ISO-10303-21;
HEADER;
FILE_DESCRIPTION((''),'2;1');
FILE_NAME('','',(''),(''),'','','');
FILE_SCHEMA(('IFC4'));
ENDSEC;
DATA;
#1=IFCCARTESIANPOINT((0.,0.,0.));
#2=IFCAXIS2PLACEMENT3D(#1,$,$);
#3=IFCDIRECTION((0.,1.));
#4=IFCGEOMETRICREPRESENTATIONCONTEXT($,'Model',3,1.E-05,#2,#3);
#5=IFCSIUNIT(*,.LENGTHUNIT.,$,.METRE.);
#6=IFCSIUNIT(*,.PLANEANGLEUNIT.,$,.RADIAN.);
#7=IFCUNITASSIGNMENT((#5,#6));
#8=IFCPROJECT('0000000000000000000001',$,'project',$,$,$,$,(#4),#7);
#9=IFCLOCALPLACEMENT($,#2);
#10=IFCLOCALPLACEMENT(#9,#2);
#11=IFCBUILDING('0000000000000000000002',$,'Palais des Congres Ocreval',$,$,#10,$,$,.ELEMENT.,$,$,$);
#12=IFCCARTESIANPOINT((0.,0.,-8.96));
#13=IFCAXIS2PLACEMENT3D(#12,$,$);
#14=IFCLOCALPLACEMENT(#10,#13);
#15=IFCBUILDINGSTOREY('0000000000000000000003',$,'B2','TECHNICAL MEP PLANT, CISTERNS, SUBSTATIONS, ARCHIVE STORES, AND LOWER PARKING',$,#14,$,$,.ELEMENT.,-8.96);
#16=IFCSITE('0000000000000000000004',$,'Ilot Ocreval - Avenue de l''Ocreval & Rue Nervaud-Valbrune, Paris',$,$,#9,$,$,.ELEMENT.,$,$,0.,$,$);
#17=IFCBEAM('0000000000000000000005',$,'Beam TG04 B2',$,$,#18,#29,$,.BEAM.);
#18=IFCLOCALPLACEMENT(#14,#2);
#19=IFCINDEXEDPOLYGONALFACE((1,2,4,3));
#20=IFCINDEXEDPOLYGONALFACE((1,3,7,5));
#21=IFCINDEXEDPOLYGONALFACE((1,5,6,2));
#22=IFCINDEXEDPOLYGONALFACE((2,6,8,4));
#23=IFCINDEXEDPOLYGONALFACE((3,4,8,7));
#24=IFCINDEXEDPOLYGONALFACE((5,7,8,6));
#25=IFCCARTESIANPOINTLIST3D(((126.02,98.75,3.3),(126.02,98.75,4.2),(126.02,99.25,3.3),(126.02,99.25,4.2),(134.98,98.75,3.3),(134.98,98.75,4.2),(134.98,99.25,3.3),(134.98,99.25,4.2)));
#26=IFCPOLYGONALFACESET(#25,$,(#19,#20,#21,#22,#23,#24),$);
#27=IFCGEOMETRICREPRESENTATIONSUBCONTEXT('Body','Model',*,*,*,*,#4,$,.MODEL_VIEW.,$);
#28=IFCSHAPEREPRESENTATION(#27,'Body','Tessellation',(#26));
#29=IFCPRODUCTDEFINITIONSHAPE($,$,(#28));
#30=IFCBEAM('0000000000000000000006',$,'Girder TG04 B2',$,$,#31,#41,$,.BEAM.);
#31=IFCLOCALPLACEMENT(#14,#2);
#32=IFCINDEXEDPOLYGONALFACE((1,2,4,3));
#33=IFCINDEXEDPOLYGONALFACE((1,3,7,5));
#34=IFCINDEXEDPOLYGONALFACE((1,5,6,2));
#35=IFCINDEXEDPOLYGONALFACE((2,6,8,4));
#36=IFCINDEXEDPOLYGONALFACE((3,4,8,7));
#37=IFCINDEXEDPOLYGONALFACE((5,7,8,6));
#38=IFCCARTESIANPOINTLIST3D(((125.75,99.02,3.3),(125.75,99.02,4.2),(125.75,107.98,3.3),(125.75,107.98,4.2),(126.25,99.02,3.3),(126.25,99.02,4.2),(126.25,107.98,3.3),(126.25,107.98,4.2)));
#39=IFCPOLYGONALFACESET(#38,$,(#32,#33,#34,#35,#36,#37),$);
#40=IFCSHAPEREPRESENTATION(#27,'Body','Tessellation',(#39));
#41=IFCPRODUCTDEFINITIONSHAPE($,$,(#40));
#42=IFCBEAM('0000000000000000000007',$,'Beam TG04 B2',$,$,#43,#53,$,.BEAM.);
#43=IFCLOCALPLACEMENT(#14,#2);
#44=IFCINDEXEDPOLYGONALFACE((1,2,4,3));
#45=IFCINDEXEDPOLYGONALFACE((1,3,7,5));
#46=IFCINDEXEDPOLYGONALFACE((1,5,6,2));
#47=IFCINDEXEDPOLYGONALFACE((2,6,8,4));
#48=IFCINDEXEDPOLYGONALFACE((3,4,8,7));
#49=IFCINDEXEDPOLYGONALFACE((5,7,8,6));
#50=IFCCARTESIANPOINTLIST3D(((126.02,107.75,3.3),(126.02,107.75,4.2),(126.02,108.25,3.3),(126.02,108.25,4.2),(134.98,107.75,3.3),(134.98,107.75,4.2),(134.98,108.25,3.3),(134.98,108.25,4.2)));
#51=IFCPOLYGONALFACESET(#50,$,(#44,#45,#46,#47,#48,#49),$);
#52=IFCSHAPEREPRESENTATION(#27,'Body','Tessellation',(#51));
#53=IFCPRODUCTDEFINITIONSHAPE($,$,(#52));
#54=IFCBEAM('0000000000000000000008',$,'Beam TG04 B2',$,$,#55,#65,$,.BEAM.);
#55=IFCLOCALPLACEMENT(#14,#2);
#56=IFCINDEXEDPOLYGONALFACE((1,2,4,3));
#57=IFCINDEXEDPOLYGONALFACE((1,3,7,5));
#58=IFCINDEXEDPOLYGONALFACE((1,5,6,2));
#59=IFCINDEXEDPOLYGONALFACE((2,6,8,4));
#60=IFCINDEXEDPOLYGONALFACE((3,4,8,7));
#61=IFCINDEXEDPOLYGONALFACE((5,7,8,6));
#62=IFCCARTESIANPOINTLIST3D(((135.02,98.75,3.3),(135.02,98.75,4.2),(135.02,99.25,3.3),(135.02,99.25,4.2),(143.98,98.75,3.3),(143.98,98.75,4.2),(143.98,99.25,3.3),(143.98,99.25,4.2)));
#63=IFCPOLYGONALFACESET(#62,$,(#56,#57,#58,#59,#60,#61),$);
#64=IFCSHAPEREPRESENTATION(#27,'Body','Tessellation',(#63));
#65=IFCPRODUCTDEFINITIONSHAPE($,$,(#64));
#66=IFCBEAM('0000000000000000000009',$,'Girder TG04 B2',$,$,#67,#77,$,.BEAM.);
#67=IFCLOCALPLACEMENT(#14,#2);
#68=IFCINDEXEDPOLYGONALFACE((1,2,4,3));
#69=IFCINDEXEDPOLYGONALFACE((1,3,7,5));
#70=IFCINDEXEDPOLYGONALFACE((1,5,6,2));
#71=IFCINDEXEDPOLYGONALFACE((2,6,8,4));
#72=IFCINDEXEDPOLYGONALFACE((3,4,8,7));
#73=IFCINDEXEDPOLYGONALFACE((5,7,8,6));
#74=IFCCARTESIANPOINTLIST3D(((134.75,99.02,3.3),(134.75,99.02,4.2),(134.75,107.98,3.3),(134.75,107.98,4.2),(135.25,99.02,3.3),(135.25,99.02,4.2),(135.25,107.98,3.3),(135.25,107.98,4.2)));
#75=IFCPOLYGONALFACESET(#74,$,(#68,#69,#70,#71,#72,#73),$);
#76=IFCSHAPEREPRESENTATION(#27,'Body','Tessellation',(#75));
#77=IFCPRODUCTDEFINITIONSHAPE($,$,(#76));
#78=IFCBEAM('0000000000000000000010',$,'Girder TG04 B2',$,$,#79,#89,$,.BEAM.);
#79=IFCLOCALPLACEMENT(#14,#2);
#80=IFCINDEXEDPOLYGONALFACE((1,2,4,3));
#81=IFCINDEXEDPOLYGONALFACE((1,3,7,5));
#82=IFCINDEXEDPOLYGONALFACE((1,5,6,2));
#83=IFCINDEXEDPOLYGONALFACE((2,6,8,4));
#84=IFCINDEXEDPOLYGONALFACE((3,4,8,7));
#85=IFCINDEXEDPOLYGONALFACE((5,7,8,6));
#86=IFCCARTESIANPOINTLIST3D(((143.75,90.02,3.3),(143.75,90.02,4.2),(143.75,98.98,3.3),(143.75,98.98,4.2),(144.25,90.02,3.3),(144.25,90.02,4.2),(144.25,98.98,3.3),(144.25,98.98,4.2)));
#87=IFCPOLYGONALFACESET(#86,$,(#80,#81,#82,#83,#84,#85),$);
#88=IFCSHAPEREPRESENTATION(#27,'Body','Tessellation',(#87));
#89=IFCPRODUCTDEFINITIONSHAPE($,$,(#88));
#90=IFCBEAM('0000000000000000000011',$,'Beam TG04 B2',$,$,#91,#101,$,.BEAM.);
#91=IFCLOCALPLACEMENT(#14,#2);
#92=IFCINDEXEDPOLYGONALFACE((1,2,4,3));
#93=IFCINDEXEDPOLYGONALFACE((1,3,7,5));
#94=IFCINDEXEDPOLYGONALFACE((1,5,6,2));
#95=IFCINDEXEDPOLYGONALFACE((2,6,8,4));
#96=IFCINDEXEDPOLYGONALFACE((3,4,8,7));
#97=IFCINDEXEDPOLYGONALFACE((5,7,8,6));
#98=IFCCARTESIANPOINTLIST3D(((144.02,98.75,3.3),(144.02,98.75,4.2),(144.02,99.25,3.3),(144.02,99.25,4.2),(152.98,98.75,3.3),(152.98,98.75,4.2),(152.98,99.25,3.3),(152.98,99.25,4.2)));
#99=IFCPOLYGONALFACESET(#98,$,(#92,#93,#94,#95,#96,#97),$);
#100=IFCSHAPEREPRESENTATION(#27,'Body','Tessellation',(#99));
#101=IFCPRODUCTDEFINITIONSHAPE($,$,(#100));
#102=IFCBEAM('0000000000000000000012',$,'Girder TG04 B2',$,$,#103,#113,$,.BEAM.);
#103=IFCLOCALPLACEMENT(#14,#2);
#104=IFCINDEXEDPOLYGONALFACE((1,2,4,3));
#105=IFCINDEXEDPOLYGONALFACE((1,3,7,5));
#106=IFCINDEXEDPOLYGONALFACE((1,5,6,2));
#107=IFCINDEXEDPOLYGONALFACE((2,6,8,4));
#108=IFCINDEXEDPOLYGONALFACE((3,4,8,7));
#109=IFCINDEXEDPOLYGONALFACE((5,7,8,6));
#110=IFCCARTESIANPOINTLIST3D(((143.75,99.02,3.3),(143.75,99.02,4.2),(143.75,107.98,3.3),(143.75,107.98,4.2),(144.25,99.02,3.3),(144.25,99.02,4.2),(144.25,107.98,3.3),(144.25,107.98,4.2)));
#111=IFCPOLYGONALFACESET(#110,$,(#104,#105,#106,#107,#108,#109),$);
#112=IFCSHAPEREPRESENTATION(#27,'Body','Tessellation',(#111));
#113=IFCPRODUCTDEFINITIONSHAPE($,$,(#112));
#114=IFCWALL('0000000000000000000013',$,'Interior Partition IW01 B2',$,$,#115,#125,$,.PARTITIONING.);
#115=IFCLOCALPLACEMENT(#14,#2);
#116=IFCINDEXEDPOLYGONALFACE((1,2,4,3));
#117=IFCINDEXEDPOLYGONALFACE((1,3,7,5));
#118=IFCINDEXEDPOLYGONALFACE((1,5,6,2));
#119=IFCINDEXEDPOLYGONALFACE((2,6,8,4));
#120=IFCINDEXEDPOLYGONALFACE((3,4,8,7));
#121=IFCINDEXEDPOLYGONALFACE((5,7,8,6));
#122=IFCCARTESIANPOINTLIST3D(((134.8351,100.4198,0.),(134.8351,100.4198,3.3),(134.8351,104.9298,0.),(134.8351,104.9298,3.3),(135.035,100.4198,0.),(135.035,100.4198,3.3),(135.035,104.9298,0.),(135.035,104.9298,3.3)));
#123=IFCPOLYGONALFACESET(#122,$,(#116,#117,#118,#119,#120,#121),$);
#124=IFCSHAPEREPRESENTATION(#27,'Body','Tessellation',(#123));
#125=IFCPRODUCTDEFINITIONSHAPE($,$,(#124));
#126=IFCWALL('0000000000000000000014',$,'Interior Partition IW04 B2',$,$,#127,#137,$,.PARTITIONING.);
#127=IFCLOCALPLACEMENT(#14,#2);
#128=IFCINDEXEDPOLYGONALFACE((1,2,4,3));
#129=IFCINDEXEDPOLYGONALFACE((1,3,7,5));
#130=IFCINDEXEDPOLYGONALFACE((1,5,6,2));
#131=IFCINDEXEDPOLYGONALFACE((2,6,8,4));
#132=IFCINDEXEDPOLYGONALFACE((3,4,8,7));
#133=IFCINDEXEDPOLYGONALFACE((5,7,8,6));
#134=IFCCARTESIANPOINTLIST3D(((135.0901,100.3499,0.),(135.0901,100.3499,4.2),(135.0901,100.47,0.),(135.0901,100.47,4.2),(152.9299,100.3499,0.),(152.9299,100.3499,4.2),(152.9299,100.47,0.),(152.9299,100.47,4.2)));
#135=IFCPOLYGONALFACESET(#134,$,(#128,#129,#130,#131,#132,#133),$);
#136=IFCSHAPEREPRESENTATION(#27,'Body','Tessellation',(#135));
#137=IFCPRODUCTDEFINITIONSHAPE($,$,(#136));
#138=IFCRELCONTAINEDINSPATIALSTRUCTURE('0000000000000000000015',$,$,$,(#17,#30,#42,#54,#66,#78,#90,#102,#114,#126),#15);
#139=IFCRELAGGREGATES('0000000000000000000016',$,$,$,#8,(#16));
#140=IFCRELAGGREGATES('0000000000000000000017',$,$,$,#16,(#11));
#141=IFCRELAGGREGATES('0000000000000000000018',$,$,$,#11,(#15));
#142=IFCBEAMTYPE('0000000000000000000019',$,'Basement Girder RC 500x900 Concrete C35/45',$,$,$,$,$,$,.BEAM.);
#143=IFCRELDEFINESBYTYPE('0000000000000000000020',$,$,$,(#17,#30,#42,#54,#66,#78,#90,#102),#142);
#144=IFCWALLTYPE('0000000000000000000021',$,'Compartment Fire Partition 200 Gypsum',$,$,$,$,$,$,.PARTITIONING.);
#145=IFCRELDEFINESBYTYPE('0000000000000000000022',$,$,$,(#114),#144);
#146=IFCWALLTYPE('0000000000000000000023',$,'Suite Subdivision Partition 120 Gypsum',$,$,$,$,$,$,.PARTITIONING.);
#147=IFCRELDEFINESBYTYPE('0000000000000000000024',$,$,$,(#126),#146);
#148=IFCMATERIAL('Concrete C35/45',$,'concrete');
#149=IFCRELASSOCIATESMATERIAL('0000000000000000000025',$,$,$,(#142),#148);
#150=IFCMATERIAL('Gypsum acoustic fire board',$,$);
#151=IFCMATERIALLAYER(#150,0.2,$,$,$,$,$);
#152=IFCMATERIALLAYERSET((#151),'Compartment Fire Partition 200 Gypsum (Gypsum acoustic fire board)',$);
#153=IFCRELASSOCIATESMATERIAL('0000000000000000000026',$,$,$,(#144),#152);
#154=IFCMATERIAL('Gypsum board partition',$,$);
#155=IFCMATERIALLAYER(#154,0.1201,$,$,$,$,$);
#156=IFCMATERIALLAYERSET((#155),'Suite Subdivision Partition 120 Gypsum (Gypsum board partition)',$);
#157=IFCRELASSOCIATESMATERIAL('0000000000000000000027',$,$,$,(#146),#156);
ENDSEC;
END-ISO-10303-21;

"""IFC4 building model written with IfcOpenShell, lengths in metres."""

from ifc_helpers import new_model, si_unit, direction, frame, frame_2d, origin, origin_2d, place, context, subcontext, project, spatial, rectangle, extrude, material, layer, layer_set, material_profile, profile_set, type_object, element, save


model = new_model("IFC4")

# Units and contexts
model_context = context("Model", 3, precision=1e-05, world=origin(), true_north=direction((0.0, 1.0)))
body_context = subcontext(model_context, "Body", "Model", "MODEL_VIEW")
ifc_project = project(units=[si_unit("LENGTHUNIT", "METRE"), si_unit("PLANEANGLEUNIT", "RADIAN")], contexts=[model_context])

# Site, building, storey
site_placement = place(None, origin())
site = spatial("IfcSite", under=ifc_project, at=site_placement, Name="Ilot Ocreval - Avenue de l'Ocreval & Rue Nervaud-Valbrune, Paris", CompositionType="ELEMENT", RefElevation=0.0)
building_placement = place(site_placement, origin())
building = spatial("IfcBuilding", under=site, at=building_placement, Name="Palais des Congres Ocreval", CompositionType="ELEMENT")
storey_placement = place(building_placement, frame((0.0, 0.0, -8.96)))
storey = spatial("IfcBuildingStorey", under=building, at=storey_placement, Name="B2", Description="TECHNICAL MEP PLANT, CISTERNS, SUBSTATIONS, ARCHIVE STORES, AND LOWER PARKING", CompositionType="ELEMENT", Elevation=-8.96)

# Shared definitions
ifc_material_1 = material(Name="Concrete C35/45", Category="concrete")

# Beams
ifc_material_profile_1 = material_profile(ifc_material_1, rectangle(XDim=0.5, YDim=0.8999, at=origin_2d()), Name="RC 500x900")
ifc_profile_set_1 = profile_set([ifc_material_profile_1], Name="Concrete C35/45")
beam_type = type_object("IfcBeamType", Name="Basement Girder RC 500x900 Concrete C35/45", PredefinedType="BEAM", material=ifc_profile_set_1)
for number, where, z_axis, x_axis, name in (
    (1, (126.02, 99.0, 3.75), (1.0, 0.0, 0.0), (0.0, 1.0, 0.0), "Beam TG04 B2"),
    (2, (126.0, 99.02, 3.75), (0.0, 1.0, 0.0), (-1.0, 0.0, 0.0), "Girder TG04 B2"),
    (3, (126.02, 108.0, 3.75), (1.0, 0.0, 0.0), (0.0, 1.0, 0.0), "Beam TG04 B2"),
    (4, (135.02, 99.0, 3.75), (1.0, 0.0, 0.0), (0.0, 1.0, 0.0), "Beam TG04 B2"),
    (5, (135.0, 99.02, 3.75), (0.0, 1.0, 0.0), (-1.0, 0.0, 0.0), "Girder TG04 B2"),
    (6, (144.0, 90.02, 3.75), (0.0, 1.0, 0.0), (-1.0, 0.0, 0.0), "Girder TG04 B2"),
    (7, (144.02, 99.0, 3.75), (1.0, 0.0, 0.0), (0.0, 1.0, 0.0), "Beam TG04 B2"),
    (8, (144.0, 99.02, 3.75), (0.0, 1.0, 0.0), (-1.0, 0.0, 0.0), "Girder TG04 B2"),
):
    element("IfcBeam", number, at=place(storey_placement, frame(where, z_axis=z_axis, x_axis=x_axis)), inside=storey, type_object=beam_type, Name=name, PredefinedType="BEAM", context=body_context, shape_type="SweptSolid", body=[
        extrude(rectangle(XDim=0.5, YDim=0.8999, at=origin_2d()), origin(), (0.0, 0.0, 1.0), 8.96),
    ])

# Walls
ifc_material_2 = material(Name="Gypsum acoustic fire board")
ifc_layer_1 = layer(ifc_material_2, 0.2)
ifc_layer_set_1 = layer_set([ifc_layer_1], Name="Compartment Fire Partition 200 Gypsum (Gypsum acoustic fire board)")
wall_type_1 = type_object("IfcWallType", Name="Compartment Fire Partition 200 Gypsum", PredefinedType="PARTITIONING", material=ifc_layer_set_1)
wall_1_placement = place(storey_placement, frame((134.9351, 100.4199, 0.0), z_axis=(0.0, 0.0, 1.0), x_axis=(0.0, 1.0, 0.0)))
element("IfcWall", 9, at=wall_1_placement, inside=storey, type_object=wall_type_1, Name="Interior Partition IW01 B2", PredefinedType="PARTITIONING", context=body_context, shape_type="SweptSolid", body=[
    extrude(rectangle(XDim=4.51, YDim=0.2, at=frame_2d((2.2549, 0.0))), origin(), (0.0, 0.0, 1.0), 3.3),
])
ifc_material_3 = material(Name="Gypsum board partition")
ifc_layer_2 = layer(ifc_material_3, 0.1201)
ifc_layer_set_2 = layer_set([ifc_layer_2], Name="Suite Subdivision Partition 120 Gypsum (Gypsum board partition)")
wall_type_2 = type_object("IfcWallType", Name="Suite Subdivision Partition 120 Gypsum", PredefinedType="PARTITIONING", material=ifc_layer_set_2)
wall_2_placement = place(storey_placement, frame((135.0901, 100.4099, 0.0), z_axis=(0.0, 0.0, 1.0), x_axis=(1.0, 0.0, 0.0)))
element("IfcWall", 10, at=wall_2_placement, inside=storey, type_object=wall_type_2, Name="Interior Partition IW04 B2", PredefinedType="PARTITIONING", context=body_context, shape_type="SweptSolid", body=[
    extrude(rectangle(XDim=17.8398, YDim=0.1201, at=frame_2d((8.9199, 0.0))), origin(), (0.0, 0.0, 1.0), 4.2),
])

save(model, "model.ifc")
